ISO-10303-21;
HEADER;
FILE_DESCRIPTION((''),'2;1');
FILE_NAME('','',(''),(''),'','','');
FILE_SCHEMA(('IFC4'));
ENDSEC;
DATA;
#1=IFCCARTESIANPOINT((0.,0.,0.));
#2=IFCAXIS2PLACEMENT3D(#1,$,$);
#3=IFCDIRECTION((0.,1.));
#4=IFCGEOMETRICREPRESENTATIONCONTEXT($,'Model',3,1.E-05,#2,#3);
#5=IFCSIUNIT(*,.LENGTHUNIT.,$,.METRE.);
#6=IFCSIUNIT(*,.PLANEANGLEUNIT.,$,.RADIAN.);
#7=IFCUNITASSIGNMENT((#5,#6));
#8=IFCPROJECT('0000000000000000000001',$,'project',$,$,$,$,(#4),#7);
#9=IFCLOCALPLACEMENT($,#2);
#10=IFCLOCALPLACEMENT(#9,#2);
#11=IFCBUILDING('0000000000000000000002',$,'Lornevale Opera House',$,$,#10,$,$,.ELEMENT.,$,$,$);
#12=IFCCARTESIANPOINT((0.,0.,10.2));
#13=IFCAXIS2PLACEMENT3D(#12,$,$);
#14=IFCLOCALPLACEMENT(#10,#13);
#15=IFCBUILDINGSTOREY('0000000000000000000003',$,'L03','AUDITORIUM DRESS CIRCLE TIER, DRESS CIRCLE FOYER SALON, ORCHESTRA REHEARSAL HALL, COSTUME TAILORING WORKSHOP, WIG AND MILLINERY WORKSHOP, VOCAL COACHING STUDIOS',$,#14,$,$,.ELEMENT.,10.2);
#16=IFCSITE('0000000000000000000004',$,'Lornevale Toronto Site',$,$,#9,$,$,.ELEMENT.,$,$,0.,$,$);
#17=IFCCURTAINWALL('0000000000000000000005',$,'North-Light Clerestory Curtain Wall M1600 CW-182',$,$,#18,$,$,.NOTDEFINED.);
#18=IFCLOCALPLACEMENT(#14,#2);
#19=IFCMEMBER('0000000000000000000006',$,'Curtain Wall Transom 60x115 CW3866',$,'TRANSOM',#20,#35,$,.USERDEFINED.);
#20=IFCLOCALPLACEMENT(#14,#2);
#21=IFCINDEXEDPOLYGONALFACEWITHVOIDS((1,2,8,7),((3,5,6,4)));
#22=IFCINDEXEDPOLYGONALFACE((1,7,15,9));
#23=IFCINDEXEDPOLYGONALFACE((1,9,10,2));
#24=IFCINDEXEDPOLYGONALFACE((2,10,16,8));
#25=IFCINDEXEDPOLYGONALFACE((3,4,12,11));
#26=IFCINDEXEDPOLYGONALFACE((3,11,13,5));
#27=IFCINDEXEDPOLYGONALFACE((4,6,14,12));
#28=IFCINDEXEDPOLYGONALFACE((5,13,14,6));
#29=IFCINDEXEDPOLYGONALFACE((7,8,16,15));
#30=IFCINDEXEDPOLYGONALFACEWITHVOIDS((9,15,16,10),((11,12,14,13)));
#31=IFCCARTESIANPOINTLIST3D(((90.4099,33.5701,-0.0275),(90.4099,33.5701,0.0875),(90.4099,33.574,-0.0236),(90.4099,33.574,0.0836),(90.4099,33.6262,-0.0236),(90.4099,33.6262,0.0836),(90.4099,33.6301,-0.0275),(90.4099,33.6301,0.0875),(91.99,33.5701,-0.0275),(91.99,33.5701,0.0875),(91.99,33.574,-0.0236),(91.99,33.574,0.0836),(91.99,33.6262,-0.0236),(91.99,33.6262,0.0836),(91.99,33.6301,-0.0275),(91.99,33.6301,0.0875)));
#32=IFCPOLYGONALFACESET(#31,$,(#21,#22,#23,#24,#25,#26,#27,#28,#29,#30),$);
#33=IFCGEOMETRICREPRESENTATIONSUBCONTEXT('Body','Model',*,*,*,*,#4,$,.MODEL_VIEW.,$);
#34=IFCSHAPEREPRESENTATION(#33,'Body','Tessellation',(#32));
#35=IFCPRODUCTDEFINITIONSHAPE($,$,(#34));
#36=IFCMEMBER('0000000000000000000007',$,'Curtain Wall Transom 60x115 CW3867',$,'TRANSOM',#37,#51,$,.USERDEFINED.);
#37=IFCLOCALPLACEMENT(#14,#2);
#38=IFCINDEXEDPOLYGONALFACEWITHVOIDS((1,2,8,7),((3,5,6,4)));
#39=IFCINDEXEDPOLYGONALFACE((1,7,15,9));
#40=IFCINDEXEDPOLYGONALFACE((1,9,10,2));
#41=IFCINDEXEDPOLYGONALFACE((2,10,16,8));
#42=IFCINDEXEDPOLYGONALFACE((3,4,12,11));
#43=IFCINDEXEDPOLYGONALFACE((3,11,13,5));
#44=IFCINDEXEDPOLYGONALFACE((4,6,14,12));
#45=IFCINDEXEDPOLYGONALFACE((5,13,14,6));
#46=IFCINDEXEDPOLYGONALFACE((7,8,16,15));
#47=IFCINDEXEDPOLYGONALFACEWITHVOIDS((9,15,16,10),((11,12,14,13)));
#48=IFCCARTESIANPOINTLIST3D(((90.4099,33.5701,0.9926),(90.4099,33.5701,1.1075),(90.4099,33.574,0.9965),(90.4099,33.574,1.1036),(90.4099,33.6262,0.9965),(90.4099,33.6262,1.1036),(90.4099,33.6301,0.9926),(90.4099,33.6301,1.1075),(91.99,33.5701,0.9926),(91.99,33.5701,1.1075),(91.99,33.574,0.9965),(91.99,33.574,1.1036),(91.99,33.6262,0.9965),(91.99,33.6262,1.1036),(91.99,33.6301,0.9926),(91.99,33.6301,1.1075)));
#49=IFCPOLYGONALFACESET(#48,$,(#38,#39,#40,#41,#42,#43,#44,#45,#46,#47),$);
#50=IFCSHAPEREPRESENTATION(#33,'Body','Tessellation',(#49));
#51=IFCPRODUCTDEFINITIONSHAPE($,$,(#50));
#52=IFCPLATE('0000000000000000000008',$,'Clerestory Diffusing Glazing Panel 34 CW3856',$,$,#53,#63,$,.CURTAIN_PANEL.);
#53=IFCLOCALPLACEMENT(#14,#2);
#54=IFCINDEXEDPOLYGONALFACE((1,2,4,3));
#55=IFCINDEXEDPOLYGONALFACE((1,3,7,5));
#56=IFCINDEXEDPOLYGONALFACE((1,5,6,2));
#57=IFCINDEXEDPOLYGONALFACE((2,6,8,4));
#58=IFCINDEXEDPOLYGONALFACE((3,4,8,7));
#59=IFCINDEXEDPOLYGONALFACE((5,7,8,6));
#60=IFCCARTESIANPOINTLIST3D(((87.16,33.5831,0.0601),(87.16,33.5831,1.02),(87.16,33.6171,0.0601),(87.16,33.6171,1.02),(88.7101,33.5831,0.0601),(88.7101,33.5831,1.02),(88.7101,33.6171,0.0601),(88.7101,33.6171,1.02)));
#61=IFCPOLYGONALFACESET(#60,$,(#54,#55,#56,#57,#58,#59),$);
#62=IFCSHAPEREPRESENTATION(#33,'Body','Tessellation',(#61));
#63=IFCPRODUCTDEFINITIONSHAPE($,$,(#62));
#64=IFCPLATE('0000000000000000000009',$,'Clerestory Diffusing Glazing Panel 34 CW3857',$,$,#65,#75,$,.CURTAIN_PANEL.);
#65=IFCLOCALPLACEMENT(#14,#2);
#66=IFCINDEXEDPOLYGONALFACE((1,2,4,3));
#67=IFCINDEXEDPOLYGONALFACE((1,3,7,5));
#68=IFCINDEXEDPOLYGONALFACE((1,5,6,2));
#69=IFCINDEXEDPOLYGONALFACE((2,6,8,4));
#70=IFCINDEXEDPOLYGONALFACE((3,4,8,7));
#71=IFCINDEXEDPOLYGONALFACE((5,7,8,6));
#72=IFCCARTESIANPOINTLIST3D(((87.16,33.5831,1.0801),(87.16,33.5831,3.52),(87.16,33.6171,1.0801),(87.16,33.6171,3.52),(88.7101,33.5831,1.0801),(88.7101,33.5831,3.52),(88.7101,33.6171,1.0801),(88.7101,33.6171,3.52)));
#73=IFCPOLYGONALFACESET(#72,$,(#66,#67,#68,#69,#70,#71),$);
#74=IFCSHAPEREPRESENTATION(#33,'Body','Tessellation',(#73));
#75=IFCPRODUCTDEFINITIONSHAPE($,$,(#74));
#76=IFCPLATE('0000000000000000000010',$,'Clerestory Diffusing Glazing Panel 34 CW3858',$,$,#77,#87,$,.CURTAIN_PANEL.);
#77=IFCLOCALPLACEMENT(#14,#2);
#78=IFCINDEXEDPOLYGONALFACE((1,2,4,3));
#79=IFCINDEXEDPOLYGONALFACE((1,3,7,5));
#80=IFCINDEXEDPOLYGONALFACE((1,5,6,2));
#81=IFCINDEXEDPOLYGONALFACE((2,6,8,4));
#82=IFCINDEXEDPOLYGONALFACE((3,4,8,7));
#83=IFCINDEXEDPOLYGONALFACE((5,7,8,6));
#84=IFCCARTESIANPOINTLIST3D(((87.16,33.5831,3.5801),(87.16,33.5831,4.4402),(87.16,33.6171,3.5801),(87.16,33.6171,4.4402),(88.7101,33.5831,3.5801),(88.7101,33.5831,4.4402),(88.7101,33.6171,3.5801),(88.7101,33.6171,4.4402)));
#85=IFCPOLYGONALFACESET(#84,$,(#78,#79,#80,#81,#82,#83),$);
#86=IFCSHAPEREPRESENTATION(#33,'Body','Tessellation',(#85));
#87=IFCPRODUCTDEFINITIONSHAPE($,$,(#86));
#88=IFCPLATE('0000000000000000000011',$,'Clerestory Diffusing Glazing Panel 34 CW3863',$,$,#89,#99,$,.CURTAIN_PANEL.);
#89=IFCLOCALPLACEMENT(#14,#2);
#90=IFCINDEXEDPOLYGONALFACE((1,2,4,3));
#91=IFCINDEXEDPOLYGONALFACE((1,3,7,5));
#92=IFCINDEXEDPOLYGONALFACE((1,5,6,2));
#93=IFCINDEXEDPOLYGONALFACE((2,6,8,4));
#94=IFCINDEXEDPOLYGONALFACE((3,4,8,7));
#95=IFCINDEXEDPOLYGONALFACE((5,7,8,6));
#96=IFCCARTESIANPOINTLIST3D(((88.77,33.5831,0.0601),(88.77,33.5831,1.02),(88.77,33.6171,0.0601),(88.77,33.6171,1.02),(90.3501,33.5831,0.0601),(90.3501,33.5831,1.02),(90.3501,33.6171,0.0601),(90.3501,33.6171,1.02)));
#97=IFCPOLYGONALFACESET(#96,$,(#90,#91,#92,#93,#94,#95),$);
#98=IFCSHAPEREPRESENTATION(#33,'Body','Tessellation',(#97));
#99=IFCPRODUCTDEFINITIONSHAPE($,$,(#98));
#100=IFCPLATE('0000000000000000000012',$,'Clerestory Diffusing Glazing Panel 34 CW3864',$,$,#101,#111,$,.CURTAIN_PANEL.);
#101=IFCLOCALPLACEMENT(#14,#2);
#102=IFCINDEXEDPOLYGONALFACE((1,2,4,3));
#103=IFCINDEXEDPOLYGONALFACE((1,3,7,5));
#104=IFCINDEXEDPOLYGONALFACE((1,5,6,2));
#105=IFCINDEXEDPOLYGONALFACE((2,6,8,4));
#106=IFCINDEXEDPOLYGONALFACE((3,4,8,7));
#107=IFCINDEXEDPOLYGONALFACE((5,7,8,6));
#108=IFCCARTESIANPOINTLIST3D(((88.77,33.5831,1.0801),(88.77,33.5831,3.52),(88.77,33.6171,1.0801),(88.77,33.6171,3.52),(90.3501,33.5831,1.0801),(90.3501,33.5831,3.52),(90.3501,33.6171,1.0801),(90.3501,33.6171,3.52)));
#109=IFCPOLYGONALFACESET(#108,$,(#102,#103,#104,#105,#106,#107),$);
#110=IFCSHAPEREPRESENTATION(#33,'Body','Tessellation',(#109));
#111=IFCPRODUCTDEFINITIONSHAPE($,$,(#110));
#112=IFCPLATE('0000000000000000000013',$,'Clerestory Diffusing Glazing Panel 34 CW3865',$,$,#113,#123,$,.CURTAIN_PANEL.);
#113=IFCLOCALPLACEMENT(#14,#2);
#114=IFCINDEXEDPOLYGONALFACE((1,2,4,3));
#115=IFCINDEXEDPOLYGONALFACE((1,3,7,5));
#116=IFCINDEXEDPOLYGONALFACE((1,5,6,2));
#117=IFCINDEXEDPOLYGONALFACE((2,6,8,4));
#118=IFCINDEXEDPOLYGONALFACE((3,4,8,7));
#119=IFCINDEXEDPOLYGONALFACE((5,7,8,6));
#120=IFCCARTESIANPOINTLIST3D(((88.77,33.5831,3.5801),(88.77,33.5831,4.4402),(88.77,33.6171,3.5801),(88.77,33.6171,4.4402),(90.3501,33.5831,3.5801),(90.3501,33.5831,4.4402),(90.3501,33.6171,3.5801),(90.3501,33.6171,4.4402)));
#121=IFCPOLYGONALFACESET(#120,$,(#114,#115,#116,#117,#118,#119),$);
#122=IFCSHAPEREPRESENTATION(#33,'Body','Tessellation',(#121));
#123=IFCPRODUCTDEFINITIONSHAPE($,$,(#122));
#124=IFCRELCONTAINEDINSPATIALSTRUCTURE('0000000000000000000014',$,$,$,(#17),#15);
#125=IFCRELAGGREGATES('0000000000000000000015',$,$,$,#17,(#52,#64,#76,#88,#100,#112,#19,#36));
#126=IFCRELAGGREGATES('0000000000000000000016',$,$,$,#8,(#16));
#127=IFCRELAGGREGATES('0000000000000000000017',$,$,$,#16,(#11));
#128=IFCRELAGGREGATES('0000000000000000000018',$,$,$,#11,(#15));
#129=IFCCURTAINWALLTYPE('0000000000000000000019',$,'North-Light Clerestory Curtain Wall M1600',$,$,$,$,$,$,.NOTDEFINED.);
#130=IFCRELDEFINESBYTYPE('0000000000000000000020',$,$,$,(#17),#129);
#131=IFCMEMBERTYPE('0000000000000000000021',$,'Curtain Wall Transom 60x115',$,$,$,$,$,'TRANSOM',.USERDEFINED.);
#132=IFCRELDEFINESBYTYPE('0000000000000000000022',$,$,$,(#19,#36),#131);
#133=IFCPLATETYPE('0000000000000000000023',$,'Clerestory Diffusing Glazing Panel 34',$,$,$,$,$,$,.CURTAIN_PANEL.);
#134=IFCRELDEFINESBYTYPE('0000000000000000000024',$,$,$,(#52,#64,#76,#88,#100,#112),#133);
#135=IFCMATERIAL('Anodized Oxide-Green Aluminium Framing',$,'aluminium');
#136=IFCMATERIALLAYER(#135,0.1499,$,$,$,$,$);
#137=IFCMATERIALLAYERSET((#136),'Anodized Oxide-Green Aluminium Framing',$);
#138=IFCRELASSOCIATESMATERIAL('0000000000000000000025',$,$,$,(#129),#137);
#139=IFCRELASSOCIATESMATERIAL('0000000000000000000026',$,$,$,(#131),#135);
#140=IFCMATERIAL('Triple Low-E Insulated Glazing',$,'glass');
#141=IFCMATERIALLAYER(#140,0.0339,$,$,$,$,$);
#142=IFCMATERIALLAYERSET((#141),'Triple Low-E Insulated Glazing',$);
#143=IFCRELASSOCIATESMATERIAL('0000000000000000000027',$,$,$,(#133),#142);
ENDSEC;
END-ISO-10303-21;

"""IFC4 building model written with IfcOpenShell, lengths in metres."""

from ifc_helpers import new_model, si_unit, direction, frame, origin, origin_2d, place, context, subcontext, project, spatial, rectangle, hollow_rectangle, extrude, material, layer, layer_set, material_profile, profile_set, type_object, element, aggregate, save


model = new_model("IFC4")

# Units and contexts
model_context = context("Model", 3, precision=1e-05, world=origin(), true_north=direction((0.0, 1.0)))
body_context = subcontext(model_context, "Body", "Model", "MODEL_VIEW")
ifc_project = project(units=[si_unit("LENGTHUNIT", "METRE"), si_unit("PLANEANGLEUNIT", "RADIAN")], contexts=[model_context])

# Site, building, storey
site_placement = place(None, origin())
site = spatial("IfcSite", under=ifc_project, at=site_placement, Name="Lornevale Toronto Site", CompositionType="ELEMENT", RefElevation=0.0)
building_placement = place(site_placement, origin())
building = spatial("IfcBuilding", under=site, at=building_placement, Name="Lornevale Opera House", CompositionType="ELEMENT")
storey_placement = place(building_placement, frame((0.0, 0.0, 10.2)))
storey = spatial("IfcBuildingStorey", under=building, at=storey_placement, Name="L03", Description="AUDITORIUM DRESS CIRCLE TIER, DRESS CIRCLE FOYER SALON, ORCHESTRA REHEARSAL HALL, COSTUME TAILORING WORKSHOP, WIG AND MILLINERY WORKSHOP, VOCAL COACHING STUDIOS", CompositionType="ELEMENT", Elevation=10.2)

# Curtain wall, members, plates
ifc_material_1 = material(Name="Anodized Oxide-Green Aluminium Framing", Category="aluminium")
ifc_layer_1 = layer(ifc_material_1, 0.1499)
ifc_layer_set_1 = layer_set([ifc_layer_1], Name="Anodized Oxide-Green Aluminium Framing")
curtain_wall_type = type_object("IfcCurtainWallType", Name="North-Light Clerestory Curtain Wall M1600", PredefinedType="NOTDEFINED", material=ifc_layer_set_1)
curtain_wall_placement = place(storey_placement, origin())
curtain_wall = element("IfcCurtainWall", 1, at=curtain_wall_placement, inside=storey, type_object=curtain_wall_type, Name="North-Light Clerestory Curtain Wall M1600 CW-182", PredefinedType="NOTDEFINED")
ifc_material_profile_1 = material_profile(ifc_material_1, hollow_rectangle(XDim=0.0601, YDim=0.115, WallThickness=0.0039, at=origin_2d()), Name="ALU60x115x4")
ifc_profile_set_1 = profile_set([ifc_material_profile_1], Name="Anodized Oxide-Green Aluminium Framing")
member_type_1 = type_object("IfcMemberType", Name="Curtain Wall Transom 60x115", ElementType="TRANSOM", PredefinedType="USERDEFINED", material=ifc_profile_set_1)
member_1_placement = place(storey_placement, frame((90.4099, 33.6001, 0.03), z_axis=(1.0, 0.0, 0.0), x_axis=(0.0, 1.0, 0.0)))
member_1 = element("IfcMember", 2, at=member_1_placement, type_object=member_type_1, Name="Curtain Wall Transom 60x115 CW3866", ObjectType="TRANSOM", PredefinedType="USERDEFINED", context=body_context, shape_type="SweptSolid", body=[
    extrude(hollow_rectangle(XDim=0.0601, YDim=0.115, WallThickness=0.0039, at=origin_2d()), origin(), (0.0, 0.0, 1.0), 1.5801),
])
member_2_placement = place(storey_placement, frame((90.4099, 33.6001, 1.05), z_axis=(1.0, 0.0, 0.0), x_axis=(0.0, 1.0, 0.0)))
member_2 = element("IfcMember", 3, at=member_2_placement, type_object=member_type_1, Name="Curtain Wall Transom 60x115 CW3867", ObjectType="TRANSOM", PredefinedType="USERDEFINED", context=body_context, shape_type="SweptSolid", body=[
    extrude(hollow_rectangle(XDim=0.0601, YDim=0.115, WallThickness=0.0039, at=origin_2d()), origin(), (0.0, 0.0, 1.0), 1.5801),
])
ifc_material_2 = material(Name="Triple Low-E Insulated Glazing", Category="glass")
ifc_layer_2 = layer(ifc_material_2, 0.0339)
ifc_layer_set_2 = layer_set([ifc_layer_2], Name="Triple Low-E Insulated Glazing")
plate_type = type_object("IfcPlateType", Name="Clerestory Diffusing Glazing Panel 34", PredefinedType="CURTAIN_PANEL", material=ifc_layer_set_2)
plate_1_placement = place(storey_placement, frame((87.9351, 33.6001, 0.0601), z_axis=(0.0, 0.0, 1.0), x_axis=(1.0, 0.0, 0.0)))
plate_1 = element("IfcPlate", 4, at=plate_1_placement, type_object=plate_type, Name="Clerestory Diffusing Glazing Panel 34 CW3856", PredefinedType="CURTAIN_PANEL", context=body_context, shape_type="SweptSolid", body=[
    extrude(rectangle(XDim=1.55, YDim=0.0339, at=origin_2d()), origin(), (0.0, 0.0, 1.0), 0.96),
])
plate_2_placement = place(storey_placement, frame((87.9351, 33.6001, 1.0801), z_axis=(0.0, 0.0, 1.0), x_axis=(1.0, 0.0, 0.0)))
plate_2 = element("IfcPlate", 5, at=plate_2_placement, type_object=plate_type, Name="Clerestory Diffusing Glazing Panel 34 CW3857", PredefinedType="CURTAIN_PANEL", context=body_context, shape_type="SweptSolid", body=[
    extrude(rectangle(XDim=1.55, YDim=0.0339, at=origin_2d()), origin(), (0.0, 0.0, 1.0), 2.4399),
])
plate_3_placement = place(storey_placement, frame((87.9351, 33.6001, 3.5801), z_axis=(0.0, 0.0, 1.0), x_axis=(1.0, 0.0, 0.0)))
plate_3 = element("IfcPlate", 6, at=plate_3_placement, type_object=plate_type, Name="Clerestory Diffusing Glazing Panel 34 CW3858", PredefinedType="CURTAIN_PANEL", context=body_context, shape_type="SweptSolid", body=[
    extrude(rectangle(XDim=1.55, YDim=0.0339, at=origin_2d()), origin(), (0.0, 0.0, 1.0), 0.8601),
])
plate_4_placement = place(storey_placement, frame((89.5601, 33.6001, 0.0601), z_axis=(0.0, 0.0, 1.0), x_axis=(1.0, 0.0, 0.0)))
plate_4 = element("IfcPlate", 7, at=plate_4_placement, type_object=plate_type, Name="Clerestory Diffusing Glazing Panel 34 CW3863", PredefinedType="CURTAIN_PANEL", context=body_context, shape_type="SweptSolid", body=[
    extrude(rectangle(XDim=1.5801, YDim=0.0339, at=origin_2d()), origin(), (0.0, 0.0, 1.0), 0.96),
])
plate_5_placement = place(storey_placement, frame((89.5601, 33.6001, 1.0801), z_axis=(0.0, 0.0, 1.0), x_axis=(1.0, 0.0, 0.0)))
plate_5 = element("IfcPlate", 8, at=plate_5_placement, type_object=plate_type, Name="Clerestory Diffusing Glazing Panel 34 CW3864", PredefinedType="CURTAIN_PANEL", context=body_context, shape_type="SweptSolid", body=[
    extrude(rectangle(XDim=1.5801, YDim=0.0339, at=origin_2d()), origin(), (0.0, 0.0, 1.0), 2.4399),
])
plate_6_placement = place(storey_placement, frame((89.5601, 33.6001, 3.5801), z_axis=(0.0, 0.0, 1.0), x_axis=(1.0, 0.0, 0.0)))
plate_6 = element("IfcPlate", 9, at=plate_6_placement, type_object=plate_type, Name="Clerestory Diffusing Glazing Panel 34 CW3865", PredefinedType="CURTAIN_PANEL", context=body_context, shape_type="SweptSolid", body=[
    extrude(rectangle(XDim=1.5801, YDim=0.0339, at=origin_2d()), origin(), (0.0, 0.0, 1.0), 0.8601),
])
aggregate(curtain_wall, [plate_1, plate_2, plate_3, plate_4, plate_5, plate_6, member_1, member_2])

save(model, "model.ifc")
